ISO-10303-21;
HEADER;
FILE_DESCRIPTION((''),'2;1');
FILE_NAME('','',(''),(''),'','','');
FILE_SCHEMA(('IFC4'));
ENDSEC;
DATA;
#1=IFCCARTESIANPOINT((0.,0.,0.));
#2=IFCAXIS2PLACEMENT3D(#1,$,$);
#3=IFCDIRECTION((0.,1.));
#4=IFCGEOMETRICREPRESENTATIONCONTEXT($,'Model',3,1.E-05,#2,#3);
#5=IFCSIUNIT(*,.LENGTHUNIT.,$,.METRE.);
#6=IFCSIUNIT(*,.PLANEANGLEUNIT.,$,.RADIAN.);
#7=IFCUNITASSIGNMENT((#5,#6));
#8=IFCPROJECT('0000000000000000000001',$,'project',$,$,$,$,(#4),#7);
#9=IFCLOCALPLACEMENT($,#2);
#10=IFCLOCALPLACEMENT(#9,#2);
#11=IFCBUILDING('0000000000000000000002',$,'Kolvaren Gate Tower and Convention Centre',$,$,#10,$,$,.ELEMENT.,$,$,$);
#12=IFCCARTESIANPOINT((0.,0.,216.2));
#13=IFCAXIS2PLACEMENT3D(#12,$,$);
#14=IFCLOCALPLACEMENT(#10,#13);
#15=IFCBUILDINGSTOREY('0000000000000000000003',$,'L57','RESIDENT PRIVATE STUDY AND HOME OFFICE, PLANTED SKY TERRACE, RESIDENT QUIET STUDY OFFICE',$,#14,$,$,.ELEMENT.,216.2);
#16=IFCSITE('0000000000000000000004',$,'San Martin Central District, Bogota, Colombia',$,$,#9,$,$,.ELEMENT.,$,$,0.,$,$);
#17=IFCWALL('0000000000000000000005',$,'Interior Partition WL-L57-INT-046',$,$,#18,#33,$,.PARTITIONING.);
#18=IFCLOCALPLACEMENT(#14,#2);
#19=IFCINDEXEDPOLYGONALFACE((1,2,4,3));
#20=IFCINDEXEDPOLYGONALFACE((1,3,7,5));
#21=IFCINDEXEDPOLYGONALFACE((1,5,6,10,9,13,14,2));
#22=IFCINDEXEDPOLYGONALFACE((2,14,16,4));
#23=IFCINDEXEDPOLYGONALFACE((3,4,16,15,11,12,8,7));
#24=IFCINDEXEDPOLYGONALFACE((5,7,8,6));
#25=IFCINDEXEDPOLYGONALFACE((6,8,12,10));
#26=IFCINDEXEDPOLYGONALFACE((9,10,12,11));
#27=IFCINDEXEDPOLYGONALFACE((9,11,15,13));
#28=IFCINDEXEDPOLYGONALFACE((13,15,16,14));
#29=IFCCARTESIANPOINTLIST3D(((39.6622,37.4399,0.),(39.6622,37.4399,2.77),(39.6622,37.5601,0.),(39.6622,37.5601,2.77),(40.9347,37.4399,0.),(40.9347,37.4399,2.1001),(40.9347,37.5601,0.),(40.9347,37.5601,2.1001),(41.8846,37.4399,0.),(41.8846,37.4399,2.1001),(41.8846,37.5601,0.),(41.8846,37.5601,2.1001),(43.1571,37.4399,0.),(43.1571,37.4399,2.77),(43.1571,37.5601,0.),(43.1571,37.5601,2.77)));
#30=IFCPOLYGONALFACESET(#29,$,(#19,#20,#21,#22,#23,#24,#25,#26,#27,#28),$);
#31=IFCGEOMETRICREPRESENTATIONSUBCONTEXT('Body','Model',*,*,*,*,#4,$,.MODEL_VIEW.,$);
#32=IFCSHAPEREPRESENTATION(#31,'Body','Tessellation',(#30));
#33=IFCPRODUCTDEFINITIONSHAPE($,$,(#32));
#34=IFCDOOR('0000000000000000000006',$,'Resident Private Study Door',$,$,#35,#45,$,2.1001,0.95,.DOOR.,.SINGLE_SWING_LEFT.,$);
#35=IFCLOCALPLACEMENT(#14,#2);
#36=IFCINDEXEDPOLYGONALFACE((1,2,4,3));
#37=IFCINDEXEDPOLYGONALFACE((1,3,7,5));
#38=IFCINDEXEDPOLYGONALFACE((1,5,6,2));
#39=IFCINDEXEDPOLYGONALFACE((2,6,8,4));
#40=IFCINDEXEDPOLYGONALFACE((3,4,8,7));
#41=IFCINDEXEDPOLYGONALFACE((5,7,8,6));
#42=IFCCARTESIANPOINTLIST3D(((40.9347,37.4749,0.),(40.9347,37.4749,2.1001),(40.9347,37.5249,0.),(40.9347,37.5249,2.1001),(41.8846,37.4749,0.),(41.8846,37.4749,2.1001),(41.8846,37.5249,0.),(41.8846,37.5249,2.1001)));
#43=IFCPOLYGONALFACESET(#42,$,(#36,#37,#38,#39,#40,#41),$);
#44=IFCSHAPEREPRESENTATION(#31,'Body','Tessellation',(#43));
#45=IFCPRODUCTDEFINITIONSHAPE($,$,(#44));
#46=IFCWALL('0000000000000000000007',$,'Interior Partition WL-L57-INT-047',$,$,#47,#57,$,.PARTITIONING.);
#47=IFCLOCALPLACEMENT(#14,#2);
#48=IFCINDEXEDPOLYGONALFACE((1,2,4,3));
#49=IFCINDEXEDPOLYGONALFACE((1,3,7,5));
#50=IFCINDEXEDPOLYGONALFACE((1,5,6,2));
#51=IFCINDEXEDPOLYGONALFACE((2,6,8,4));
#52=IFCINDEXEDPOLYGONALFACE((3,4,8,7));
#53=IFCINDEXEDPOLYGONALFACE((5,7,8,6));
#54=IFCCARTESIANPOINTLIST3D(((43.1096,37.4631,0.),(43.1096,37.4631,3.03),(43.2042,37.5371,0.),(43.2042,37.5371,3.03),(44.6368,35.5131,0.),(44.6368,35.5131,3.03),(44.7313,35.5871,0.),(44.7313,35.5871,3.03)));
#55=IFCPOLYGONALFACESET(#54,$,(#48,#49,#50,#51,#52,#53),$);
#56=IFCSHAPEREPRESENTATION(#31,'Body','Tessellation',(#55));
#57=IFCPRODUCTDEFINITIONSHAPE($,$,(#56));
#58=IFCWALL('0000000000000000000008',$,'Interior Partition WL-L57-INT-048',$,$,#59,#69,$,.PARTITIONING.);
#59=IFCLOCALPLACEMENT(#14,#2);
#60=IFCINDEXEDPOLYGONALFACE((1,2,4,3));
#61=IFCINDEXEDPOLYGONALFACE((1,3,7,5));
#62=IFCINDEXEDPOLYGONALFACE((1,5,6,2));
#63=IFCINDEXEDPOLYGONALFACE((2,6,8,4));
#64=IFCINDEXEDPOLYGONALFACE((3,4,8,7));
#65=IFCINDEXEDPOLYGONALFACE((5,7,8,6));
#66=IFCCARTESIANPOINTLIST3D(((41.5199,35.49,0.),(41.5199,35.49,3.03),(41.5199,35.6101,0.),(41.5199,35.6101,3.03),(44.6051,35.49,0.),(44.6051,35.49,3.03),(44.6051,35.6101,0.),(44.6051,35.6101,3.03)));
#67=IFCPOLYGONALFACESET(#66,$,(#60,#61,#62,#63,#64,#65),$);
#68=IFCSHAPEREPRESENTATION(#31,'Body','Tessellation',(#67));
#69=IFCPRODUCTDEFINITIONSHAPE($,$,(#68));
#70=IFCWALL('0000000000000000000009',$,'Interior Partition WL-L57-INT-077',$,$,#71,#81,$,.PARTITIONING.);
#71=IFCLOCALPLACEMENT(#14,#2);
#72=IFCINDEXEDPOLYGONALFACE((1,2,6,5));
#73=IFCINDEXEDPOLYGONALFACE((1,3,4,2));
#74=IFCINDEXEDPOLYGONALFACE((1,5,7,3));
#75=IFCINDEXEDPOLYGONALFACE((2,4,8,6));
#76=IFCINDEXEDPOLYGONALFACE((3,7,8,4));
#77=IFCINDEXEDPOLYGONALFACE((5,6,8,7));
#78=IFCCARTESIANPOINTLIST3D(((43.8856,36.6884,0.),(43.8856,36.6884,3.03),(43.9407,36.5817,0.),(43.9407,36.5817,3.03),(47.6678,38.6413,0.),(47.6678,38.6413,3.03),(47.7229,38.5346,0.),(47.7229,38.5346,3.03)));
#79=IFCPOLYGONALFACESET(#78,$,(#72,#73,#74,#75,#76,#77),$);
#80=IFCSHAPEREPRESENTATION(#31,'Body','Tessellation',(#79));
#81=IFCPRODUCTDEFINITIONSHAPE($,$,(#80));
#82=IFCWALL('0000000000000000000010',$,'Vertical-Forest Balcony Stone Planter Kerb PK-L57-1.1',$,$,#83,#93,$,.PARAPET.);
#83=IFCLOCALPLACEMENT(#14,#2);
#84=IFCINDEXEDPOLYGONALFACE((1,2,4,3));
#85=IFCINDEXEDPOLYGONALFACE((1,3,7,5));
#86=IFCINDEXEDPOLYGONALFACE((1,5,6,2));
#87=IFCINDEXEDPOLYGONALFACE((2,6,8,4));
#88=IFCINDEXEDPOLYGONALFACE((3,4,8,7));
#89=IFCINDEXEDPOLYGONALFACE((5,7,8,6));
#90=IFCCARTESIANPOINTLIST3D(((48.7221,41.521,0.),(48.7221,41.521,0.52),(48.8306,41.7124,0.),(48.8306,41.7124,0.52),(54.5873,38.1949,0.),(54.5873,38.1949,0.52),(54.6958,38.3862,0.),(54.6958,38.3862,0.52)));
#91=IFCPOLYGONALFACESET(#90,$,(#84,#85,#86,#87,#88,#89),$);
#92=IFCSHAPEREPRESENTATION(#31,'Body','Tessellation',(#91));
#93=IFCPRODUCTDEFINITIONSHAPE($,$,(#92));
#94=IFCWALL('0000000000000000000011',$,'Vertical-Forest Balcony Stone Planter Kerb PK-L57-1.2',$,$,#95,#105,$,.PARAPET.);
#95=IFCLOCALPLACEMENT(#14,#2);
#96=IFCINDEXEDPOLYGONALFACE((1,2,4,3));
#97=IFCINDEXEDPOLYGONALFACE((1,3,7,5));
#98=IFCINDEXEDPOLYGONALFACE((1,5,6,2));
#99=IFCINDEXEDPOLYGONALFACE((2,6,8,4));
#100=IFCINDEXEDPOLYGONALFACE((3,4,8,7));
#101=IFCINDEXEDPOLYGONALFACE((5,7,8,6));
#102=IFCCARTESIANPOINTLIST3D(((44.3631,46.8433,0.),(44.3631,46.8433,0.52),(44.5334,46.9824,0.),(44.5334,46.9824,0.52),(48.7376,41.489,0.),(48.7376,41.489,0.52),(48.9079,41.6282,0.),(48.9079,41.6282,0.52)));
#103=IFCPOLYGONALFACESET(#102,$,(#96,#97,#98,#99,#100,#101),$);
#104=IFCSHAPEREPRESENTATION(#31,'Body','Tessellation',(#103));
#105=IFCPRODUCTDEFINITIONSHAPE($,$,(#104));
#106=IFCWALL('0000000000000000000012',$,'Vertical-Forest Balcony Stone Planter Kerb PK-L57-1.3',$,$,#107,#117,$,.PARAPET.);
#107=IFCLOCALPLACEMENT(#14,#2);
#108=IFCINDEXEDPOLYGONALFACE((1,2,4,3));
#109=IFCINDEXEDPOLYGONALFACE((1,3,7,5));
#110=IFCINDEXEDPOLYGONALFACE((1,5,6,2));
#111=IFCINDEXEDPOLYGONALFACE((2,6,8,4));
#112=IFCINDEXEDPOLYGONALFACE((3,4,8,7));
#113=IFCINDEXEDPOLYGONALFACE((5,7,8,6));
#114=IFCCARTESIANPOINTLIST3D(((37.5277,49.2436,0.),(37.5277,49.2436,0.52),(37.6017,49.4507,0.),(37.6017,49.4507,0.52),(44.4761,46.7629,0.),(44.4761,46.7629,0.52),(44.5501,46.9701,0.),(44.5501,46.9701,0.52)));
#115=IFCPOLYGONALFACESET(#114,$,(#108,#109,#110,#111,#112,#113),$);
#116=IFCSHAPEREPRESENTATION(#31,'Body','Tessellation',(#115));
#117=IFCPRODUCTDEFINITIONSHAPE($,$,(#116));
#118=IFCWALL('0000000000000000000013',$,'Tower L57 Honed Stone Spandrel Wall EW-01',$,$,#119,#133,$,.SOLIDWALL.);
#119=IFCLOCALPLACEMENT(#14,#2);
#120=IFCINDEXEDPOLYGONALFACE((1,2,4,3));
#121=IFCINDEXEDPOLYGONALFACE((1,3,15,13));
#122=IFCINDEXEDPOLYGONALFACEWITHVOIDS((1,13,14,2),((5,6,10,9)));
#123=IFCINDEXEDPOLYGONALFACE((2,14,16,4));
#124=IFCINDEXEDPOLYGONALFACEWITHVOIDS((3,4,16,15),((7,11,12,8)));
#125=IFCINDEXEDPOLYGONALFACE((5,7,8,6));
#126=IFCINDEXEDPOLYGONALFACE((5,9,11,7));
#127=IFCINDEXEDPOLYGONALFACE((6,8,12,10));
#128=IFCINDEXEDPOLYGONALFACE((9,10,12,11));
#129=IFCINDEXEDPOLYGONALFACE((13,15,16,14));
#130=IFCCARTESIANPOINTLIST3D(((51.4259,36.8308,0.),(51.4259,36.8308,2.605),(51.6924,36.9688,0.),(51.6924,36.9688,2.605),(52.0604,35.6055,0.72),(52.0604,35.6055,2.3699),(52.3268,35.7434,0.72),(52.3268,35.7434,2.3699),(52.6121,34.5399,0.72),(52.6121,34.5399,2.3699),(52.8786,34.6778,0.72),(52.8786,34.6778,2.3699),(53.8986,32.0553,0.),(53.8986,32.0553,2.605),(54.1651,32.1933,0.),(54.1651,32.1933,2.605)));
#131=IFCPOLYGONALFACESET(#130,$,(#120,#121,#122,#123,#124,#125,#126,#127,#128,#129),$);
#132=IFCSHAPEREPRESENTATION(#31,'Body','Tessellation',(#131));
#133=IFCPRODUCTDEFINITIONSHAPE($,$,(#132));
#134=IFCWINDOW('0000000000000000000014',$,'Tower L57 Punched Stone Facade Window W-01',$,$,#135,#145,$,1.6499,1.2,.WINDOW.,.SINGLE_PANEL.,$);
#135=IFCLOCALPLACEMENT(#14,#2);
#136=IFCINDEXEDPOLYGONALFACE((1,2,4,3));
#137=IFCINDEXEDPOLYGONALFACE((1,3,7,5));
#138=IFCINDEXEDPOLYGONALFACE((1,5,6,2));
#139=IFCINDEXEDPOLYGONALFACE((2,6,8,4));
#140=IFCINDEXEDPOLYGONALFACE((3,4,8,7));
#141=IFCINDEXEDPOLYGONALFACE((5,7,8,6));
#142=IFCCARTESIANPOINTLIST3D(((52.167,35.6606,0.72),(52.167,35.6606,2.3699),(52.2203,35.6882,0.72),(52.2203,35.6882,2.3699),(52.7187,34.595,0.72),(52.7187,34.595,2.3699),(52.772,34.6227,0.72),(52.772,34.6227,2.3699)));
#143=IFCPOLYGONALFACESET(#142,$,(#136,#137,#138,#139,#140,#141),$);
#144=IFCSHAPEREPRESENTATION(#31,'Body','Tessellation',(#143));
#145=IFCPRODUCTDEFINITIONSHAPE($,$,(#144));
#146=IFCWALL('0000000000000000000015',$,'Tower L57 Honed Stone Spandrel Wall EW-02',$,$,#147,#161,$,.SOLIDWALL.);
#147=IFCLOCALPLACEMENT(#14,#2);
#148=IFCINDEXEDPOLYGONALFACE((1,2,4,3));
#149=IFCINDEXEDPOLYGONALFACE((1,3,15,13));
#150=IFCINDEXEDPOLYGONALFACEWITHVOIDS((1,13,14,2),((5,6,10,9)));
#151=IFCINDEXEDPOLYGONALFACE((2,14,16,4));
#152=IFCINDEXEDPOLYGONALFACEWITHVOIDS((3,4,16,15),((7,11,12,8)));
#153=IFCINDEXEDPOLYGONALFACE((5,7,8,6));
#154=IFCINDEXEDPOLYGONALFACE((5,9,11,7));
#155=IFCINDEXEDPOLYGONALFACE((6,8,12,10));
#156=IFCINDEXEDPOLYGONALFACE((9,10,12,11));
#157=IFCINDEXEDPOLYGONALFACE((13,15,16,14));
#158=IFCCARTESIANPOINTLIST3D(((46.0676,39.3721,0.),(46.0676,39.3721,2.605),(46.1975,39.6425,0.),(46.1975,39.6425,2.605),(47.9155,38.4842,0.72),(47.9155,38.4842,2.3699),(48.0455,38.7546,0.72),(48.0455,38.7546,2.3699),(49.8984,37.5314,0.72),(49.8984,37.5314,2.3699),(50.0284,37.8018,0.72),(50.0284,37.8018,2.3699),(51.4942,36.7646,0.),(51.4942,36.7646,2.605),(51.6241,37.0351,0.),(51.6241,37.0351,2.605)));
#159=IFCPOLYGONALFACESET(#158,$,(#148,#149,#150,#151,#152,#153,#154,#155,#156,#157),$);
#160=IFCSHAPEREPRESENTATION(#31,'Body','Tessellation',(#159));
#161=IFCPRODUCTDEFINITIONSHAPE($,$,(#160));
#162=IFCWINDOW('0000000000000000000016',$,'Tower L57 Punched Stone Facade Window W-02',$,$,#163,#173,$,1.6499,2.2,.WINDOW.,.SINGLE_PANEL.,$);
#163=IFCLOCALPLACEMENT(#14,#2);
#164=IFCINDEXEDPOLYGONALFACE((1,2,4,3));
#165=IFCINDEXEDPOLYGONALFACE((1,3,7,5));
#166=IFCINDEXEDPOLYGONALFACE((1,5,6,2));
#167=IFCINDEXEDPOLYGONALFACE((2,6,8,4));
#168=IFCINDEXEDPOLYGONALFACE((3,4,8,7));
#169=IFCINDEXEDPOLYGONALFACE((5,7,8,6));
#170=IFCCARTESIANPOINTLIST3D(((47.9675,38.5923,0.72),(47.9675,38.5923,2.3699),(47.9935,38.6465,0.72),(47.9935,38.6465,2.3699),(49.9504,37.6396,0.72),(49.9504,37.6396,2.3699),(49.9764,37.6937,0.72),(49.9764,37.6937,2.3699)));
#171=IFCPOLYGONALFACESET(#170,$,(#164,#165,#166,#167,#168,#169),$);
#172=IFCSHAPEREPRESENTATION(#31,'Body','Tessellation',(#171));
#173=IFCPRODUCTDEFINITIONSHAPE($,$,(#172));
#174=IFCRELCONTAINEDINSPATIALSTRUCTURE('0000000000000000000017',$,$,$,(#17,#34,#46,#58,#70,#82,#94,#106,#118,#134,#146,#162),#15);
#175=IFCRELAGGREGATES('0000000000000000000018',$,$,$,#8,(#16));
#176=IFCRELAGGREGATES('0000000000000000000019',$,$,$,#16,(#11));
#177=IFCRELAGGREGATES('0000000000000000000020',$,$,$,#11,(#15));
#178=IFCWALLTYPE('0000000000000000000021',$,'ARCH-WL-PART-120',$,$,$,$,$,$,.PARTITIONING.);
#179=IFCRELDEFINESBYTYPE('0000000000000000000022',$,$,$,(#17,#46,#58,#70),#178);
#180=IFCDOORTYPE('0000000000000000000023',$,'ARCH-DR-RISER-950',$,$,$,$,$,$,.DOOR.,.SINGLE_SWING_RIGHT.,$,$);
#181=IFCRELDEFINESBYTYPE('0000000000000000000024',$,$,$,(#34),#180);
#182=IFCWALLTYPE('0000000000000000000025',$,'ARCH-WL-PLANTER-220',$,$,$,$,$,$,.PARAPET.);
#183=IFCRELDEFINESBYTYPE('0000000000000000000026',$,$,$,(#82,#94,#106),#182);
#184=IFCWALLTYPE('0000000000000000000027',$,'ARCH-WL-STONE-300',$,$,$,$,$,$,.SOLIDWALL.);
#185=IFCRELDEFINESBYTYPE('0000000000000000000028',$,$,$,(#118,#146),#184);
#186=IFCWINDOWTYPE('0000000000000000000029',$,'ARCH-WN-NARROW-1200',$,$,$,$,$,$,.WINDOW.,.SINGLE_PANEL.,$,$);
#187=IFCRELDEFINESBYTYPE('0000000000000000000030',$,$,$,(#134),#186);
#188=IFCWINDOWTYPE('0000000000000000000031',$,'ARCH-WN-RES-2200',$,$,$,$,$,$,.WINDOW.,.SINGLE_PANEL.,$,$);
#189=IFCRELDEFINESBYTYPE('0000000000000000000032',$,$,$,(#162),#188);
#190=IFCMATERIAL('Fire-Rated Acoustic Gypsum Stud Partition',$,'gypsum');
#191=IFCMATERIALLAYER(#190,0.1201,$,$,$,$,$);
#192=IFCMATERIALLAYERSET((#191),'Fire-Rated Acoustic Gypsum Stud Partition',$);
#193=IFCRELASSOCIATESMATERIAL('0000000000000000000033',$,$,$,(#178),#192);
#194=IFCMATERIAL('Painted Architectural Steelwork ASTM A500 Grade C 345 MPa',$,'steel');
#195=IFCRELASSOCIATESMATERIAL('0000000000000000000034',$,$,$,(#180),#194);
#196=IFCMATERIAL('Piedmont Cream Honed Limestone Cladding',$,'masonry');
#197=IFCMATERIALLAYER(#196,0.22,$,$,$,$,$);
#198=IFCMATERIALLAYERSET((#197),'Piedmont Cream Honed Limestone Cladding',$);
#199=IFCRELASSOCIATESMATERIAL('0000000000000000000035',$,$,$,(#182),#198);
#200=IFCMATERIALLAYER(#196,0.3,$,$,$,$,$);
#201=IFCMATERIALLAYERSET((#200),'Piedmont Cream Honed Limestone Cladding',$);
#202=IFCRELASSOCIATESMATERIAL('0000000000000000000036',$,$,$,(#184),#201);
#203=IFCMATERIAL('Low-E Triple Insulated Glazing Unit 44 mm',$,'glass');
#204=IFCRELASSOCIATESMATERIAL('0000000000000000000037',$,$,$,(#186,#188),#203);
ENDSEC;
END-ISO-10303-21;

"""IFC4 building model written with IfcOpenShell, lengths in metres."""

from ifc_helpers import new_model, si_unit, direction, frame, frame_2d, origin, place, context, subcontext, project, spatial, rectangle, extrude, material, layer, layer_set, type_object, element, fill, save


model = new_model("IFC4")

# Units and contexts
model_context = context("Model", 3, precision=1e-05, world=origin(), true_north=direction((0.0, 1.0)))
body_context = subcontext(model_context, "Body", "Model", "MODEL_VIEW")
ifc_project = project(units=[si_unit("LENGTHUNIT", "METRE"), si_unit("PLANEANGLEUNIT", "RADIAN")], contexts=[model_context])

# Site, building, storey
site_placement = place(None, origin())
site = spatial("IfcSite", under=ifc_project, at=site_placement, Name="San Martin Central District, Bogota, Colombia", CompositionType="ELEMENT", RefElevation=0.0)
building_placement = place(site_placement, origin())
building = spatial("IfcBuilding", under=site, at=building_placement, Name="Kolvaren Gate Tower and Convention Centre", CompositionType="ELEMENT")
storey_placement = place(building_placement, frame((0.0, 0.0, 216.2)))
storey = spatial("IfcBuildingStorey", under=building, at=storey_placement, Name="L57", Description="RESIDENT PRIVATE STUDY AND HOME OFFICE, PLANTED SKY TERRACE, RESIDENT QUIET STUDY OFFICE", CompositionType="ELEMENT", Elevation=216.2)

# Wall, opening, door
ifc_material_1 = material(Name="Fire-Rated Acoustic Gypsum Stud Partition", Category="gypsum")
ifc_layer_1 = layer(ifc_material_1, 0.1201)
ifc_layer_set_1 = layer_set([ifc_layer_1], Name="Fire-Rated Acoustic Gypsum Stud Partition")
wall_type_1 = type_object("IfcWallType", Name="ARCH-WL-PART-120", PredefinedType="PARTITIONING", material=ifc_layer_set_1)
wall_1_placement = place(storey_placement, frame((39.6621, 37.5, 0.0), z_axis=(0.0, 0.0, 1.0), x_axis=(1.0, 0.0, 0.0)))
wall_1 = element("IfcWall", 1, at=wall_1_placement, inside=storey, type_object=wall_type_1, Name="Interior Partition WL-L57-INT-046", PredefinedType="PARTITIONING", context=body_context, shape_type="SweptSolid", body=[
    extrude(rectangle(XDim=3.4949, YDim=0.1201, at=frame_2d((1.7476, 0.0))), origin(), (0.0, 0.0, 1.0), 2.77),
])
opening_1_placement = place(wall_1_placement, frame((1.2725, 0.0, 0.0)))
opening_1 = element("IfcOpeningElement", 2, at=opening_1_placement, cuts=wall_1, PredefinedType="OPENING", context=body_context, shape_type="SweptSolid", body=[
    extrude(rectangle(XDim=0.95, YDim=2.1001, at=frame_2d((0.4751, 1.05))), frame((0.0, 0.0701, 0.0), z_axis=(0.0, -1.0, 0.0), x_axis=(1.0, 0.0, 0.0)), (0.0, 0.0, 1.0), 0.1401),
])
ifc_material_2 = material(Name="Painted Architectural Steelwork ASTM A500 Grade C 345 MPa", Category="steel")
door_type_1 = type_object("IfcDoorType", Name="ARCH-DR-RISER-950", OperationType="SINGLE_SWING_RIGHT", PredefinedType="DOOR", material=ifc_material_2)
door_1_placement = place(opening_1_placement, origin())
door_1 = element("IfcDoor", 3, at=door_1_placement, inside=storey, type_object=door_type_1, Name="Resident Private Study Door", OperationType="SINGLE_SWING_LEFT", OverallHeight=2.1001, OverallWidth=0.95, PredefinedType="DOOR", context=body_context, shape_type="SweptSolid", body=[
    extrude(rectangle(XDim=0.95, YDim=2.1001, at=frame_2d((0.4751, 1.05))), frame((0.0, 0.0249, 0.0), z_axis=(0.0, -1.0, 0.0), x_axis=(1.0, 0.0, 0.0)), (0.0, 0.0, 1.0), 0.05),
])
fill(opening_1, door_1)

# Walls
wall_2_placement = place(storey_placement, frame((43.157, 37.5, 0.0), z_axis=(0.0, 0.0, 1.0), x_axis=(0.616571, -0.787299, 0.0)))
element("IfcWall", 4, at=wall_2_placement, inside=storey, type_object=wall_type_1, Name="Interior Partition WL-L57-INT-047", PredefinedType="PARTITIONING", context=body_context, shape_type="SweptSolid", body=[
    extrude(rectangle(XDim=2.4768, YDim=0.1201, at=frame_2d((1.2383, 0.0))), origin(), (0.0, 0.0, 1.0), 3.03),
])
wall_3_placement = place(storey_placement, frame((41.52, 35.55, 0.0), z_axis=(0.0, 0.0, 1.0), x_axis=(1.0, 0.0, 0.0)))
element("IfcWall", 5, at=wall_3_placement, inside=storey, type_object=wall_type_1, Name="Interior Partition WL-L57-INT-048", PredefinedType="PARTITIONING", context=body_context, shape_type="SweptSolid", body=[
    extrude(rectangle(XDim=3.0852, YDim=0.1201, at=frame_2d((1.5425, 0.0))), origin(), (0.0, 0.0, 1.0), 3.03),
])
wall_4_placement = place(storey_placement, frame((43.9131, 36.635, 0.0), z_axis=(0.0, 0.0, 1.0), x_axis=(0.888548, 0.458785, 0.0)))
element("IfcWall", 6, at=wall_4_placement, inside=storey, type_object=wall_type_1, Name="Interior Partition WL-L57-INT-077", PredefinedType="PARTITIONING", context=body_context, shape_type="SweptSolid", body=[
    extrude(rectangle(XDim=4.2566, YDim=0.1201, at=frame_2d((2.1284, 0.0))), origin(), (0.0, 0.0, 1.0), 3.03),
])
ifc_material_3 = material(Name="Piedmont Cream Honed Limestone Cladding", Category="masonry")
ifc_layer_2 = layer(ifc_material_3, 0.22)
ifc_layer_set_2 = layer_set([ifc_layer_2], Name="Piedmont Cream Honed Limestone Cladding")
wall_type_2 = type_object("IfcWallType", Name="ARCH-WL-PLANTER-220", PredefinedType="PARAPET", material=ifc_layer_set_2)
wall_5_placement = place(storey_placement, frame((48.7764, 41.6167, 0.0), z_axis=(0.0, 0.0, 1.0), x_axis=(0.869861, -0.493298, 0.0)))
element("IfcWall", 7, at=wall_5_placement, inside=storey, type_object=wall_type_2, Name="Vertical-Forest Balcony Stone Planter Kerb PK-L57-1.1", PredefinedType="PARAPET", context=body_context, shape_type="SweptSolid", body=[
    extrude(rectangle(XDim=6.7427, YDim=0.22, at=frame_2d((3.3713, 0.0))), origin(), (0.0, 0.0, 1.0), 0.52),
])
wall_6_placement = place(storey_placement, frame((44.4482, 46.9128, 0.0), z_axis=(0.0, 0.0, 1.0), x_axis=(0.632697, -0.774399, 0.0)))
element("IfcWall", 8, at=wall_6_placement, inside=storey, type_object=wall_type_2, Name="Vertical-Forest Balcony Stone Planter Kerb PK-L57-1.2", PredefinedType="PARAPET", context=body_context, shape_type="SweptSolid", body=[
    extrude(rectangle(XDim=6.9141, YDim=0.22, at=frame_2d((3.457, 0.0))), origin(), (0.0, 0.0, 1.0), 0.52),
])
wall_7_placement = place(storey_placement, frame((37.5647, 49.3472, 0.0), z_axis=(0.0, 0.0, 1.0), x_axis=(0.94178, -0.336229, 0.0)))
element("IfcWall", 9, at=wall_7_placement, inside=storey, type_object=wall_type_2, Name="Vertical-Forest Balcony Stone Planter Kerb PK-L57-1.3", PredefinedType="PARAPET", context=body_context, shape_type="SweptSolid", body=[
    extrude(rectangle(XDim=7.3779, YDim=0.22, at=frame_2d((3.689, 0.0))), origin(), (0.0, 0.0, 1.0), 0.52),
])

# Walls, openings, windows
ifc_layer_3 = layer(ifc_material_3, 0.3)
ifc_layer_set_3 = layer_set([ifc_layer_3], Name="Piedmont Cream Honed Limestone Cladding")
wall_type_3 = type_object("IfcWallType", Name="ARCH-WL-STONE-300", PredefinedType="SOLIDWALL", material=ifc_layer_set_3)
wall_8_placement = place(storey_placement, frame((51.5591, 36.8999, 0.0), z_axis=(0.0, 0.0, 1.0), x_axis=(0.459808, -0.888018, 0.0)))
wall_8 = element("IfcWall", 10, at=wall_8_placement, inside=storey, type_object=wall_type_3, Name="Tower L57 Honed Stone Spandrel Wall EW-01", PredefinedType="SOLIDWALL", context=body_context, shape_type="SweptSolid", body=[
    extrude(rectangle(XDim=5.3777, YDim=0.3, at=frame_2d((2.689, 0.0))), origin(), (0.0, 0.0, 1.0), 2.605),
])
opening_2_placement = place(wall_8_placement, frame((1.3799, 0.0, 0.72)))
opening_2 = element("IfcOpeningElement", 11, at=opening_2_placement, cuts=wall_8, PredefinedType="OPENING", context=body_context, shape_type="SweptSolid", body=[
    extrude(rectangle(XDim=1.2, YDim=1.6499, at=frame_2d((0.6001, 0.825))), frame((0.0, 0.1599, 0.0), z_axis=(0.0, -1.0, 0.0), x_axis=(1.0, 0.0, 0.0)), (0.0, 0.0, 1.0), 0.3201),
])
ifc_material_4 = material(Name="Low-E Triple Insulated Glazing Unit 44 mm", Category="glass")
window_type_1 = type_object("IfcWindowType", Name="ARCH-WN-NARROW-1200", PartitioningType="SINGLE_PANEL", PredefinedType="WINDOW", material=ifc_material_4)
window_1_placement = place(opening_2_placement, origin())
window_1 = element("IfcWindow", 12, at=window_1_placement, inside=storey, type_object=window_type_1, Name="Tower L57 Punched Stone Facade Window W-01", OverallHeight=1.6499, OverallWidth=1.2, PartitioningType="SINGLE_PANEL", PredefinedType="WINDOW", context=body_context, shape_type="SweptSolid", body=[
    extrude(rectangle(XDim=1.2, YDim=1.6499, at=frame_2d((0.6001, 0.825))), frame((0.0, 0.03, 0.0), z_axis=(0.0, -1.0, 0.0), x_axis=(1.0, 0.0, 0.0)), (0.0, 0.0, 1.0), 0.0601),
])
fill(opening_2, window_1)
wall_9_placement = place(storey_placement, frame((46.1326, 39.5073, 0.0), z_axis=(0.0, 0.0, 1.0), x_axis=(0.901348, -0.433095, 0.0)))
wall_9 = element("IfcWall", 13, at=wall_9_placement, inside=storey, type_object=wall_type_3, Name="Tower L57 Honed Stone Spandrel Wall EW-02", PredefinedType="SOLIDWALL", context=body_context, shape_type="SweptSolid", body=[
    extrude(rectangle(XDim=6.0205, YDim=0.3, at=frame_2d((3.0103, 0.0))), origin(), (0.0, 0.0, 1.0), 2.605),
])
opening_3_placement = place(wall_9_placement, frame((2.05, 0.0, 0.72)))
opening_3 = element("IfcOpeningElement", 14, at=opening_3_placement, cuts=wall_9, PredefinedType="OPENING", context=body_context, shape_type="SweptSolid", body=[
    extrude(rectangle(XDim=2.2, YDim=1.6499, at=frame_2d((1.1001, 0.825))), frame((0.0, 0.1599, 0.0), z_axis=(0.0, -1.0, 0.0), x_axis=(1.0, 0.0, 0.0)), (0.0, 0.0, 1.0), 0.3201),
])
window_type_2 = type_object("IfcWindowType", Name="ARCH-WN-RES-2200", PartitioningType="SINGLE_PANEL", PredefinedType="WINDOW", material=ifc_material_4)
window_2_placement = place(opening_3_placement, origin())
window_2 = element("IfcWindow", 15, at=window_2_placement, inside=storey, type_object=window_type_2, Name="Tower L57 Punched Stone Facade Window W-02", OverallHeight=1.6499, OverallWidth=2.2, PartitioningType="SINGLE_PANEL", PredefinedType="WINDOW", context=body_context, shape_type="SweptSolid", body=[
    extrude(rectangle(XDim=2.2, YDim=1.6499, at=frame_2d((1.1001, 0.825))), frame((0.0, 0.03, 0.0), z_axis=(0.0, -1.0, 0.0), x_axis=(1.0, 0.0, 0.0)), (0.0, 0.0, 1.0), 0.0601),
])
fill(opening_3, window_2)

save(model, "model.ifc")
